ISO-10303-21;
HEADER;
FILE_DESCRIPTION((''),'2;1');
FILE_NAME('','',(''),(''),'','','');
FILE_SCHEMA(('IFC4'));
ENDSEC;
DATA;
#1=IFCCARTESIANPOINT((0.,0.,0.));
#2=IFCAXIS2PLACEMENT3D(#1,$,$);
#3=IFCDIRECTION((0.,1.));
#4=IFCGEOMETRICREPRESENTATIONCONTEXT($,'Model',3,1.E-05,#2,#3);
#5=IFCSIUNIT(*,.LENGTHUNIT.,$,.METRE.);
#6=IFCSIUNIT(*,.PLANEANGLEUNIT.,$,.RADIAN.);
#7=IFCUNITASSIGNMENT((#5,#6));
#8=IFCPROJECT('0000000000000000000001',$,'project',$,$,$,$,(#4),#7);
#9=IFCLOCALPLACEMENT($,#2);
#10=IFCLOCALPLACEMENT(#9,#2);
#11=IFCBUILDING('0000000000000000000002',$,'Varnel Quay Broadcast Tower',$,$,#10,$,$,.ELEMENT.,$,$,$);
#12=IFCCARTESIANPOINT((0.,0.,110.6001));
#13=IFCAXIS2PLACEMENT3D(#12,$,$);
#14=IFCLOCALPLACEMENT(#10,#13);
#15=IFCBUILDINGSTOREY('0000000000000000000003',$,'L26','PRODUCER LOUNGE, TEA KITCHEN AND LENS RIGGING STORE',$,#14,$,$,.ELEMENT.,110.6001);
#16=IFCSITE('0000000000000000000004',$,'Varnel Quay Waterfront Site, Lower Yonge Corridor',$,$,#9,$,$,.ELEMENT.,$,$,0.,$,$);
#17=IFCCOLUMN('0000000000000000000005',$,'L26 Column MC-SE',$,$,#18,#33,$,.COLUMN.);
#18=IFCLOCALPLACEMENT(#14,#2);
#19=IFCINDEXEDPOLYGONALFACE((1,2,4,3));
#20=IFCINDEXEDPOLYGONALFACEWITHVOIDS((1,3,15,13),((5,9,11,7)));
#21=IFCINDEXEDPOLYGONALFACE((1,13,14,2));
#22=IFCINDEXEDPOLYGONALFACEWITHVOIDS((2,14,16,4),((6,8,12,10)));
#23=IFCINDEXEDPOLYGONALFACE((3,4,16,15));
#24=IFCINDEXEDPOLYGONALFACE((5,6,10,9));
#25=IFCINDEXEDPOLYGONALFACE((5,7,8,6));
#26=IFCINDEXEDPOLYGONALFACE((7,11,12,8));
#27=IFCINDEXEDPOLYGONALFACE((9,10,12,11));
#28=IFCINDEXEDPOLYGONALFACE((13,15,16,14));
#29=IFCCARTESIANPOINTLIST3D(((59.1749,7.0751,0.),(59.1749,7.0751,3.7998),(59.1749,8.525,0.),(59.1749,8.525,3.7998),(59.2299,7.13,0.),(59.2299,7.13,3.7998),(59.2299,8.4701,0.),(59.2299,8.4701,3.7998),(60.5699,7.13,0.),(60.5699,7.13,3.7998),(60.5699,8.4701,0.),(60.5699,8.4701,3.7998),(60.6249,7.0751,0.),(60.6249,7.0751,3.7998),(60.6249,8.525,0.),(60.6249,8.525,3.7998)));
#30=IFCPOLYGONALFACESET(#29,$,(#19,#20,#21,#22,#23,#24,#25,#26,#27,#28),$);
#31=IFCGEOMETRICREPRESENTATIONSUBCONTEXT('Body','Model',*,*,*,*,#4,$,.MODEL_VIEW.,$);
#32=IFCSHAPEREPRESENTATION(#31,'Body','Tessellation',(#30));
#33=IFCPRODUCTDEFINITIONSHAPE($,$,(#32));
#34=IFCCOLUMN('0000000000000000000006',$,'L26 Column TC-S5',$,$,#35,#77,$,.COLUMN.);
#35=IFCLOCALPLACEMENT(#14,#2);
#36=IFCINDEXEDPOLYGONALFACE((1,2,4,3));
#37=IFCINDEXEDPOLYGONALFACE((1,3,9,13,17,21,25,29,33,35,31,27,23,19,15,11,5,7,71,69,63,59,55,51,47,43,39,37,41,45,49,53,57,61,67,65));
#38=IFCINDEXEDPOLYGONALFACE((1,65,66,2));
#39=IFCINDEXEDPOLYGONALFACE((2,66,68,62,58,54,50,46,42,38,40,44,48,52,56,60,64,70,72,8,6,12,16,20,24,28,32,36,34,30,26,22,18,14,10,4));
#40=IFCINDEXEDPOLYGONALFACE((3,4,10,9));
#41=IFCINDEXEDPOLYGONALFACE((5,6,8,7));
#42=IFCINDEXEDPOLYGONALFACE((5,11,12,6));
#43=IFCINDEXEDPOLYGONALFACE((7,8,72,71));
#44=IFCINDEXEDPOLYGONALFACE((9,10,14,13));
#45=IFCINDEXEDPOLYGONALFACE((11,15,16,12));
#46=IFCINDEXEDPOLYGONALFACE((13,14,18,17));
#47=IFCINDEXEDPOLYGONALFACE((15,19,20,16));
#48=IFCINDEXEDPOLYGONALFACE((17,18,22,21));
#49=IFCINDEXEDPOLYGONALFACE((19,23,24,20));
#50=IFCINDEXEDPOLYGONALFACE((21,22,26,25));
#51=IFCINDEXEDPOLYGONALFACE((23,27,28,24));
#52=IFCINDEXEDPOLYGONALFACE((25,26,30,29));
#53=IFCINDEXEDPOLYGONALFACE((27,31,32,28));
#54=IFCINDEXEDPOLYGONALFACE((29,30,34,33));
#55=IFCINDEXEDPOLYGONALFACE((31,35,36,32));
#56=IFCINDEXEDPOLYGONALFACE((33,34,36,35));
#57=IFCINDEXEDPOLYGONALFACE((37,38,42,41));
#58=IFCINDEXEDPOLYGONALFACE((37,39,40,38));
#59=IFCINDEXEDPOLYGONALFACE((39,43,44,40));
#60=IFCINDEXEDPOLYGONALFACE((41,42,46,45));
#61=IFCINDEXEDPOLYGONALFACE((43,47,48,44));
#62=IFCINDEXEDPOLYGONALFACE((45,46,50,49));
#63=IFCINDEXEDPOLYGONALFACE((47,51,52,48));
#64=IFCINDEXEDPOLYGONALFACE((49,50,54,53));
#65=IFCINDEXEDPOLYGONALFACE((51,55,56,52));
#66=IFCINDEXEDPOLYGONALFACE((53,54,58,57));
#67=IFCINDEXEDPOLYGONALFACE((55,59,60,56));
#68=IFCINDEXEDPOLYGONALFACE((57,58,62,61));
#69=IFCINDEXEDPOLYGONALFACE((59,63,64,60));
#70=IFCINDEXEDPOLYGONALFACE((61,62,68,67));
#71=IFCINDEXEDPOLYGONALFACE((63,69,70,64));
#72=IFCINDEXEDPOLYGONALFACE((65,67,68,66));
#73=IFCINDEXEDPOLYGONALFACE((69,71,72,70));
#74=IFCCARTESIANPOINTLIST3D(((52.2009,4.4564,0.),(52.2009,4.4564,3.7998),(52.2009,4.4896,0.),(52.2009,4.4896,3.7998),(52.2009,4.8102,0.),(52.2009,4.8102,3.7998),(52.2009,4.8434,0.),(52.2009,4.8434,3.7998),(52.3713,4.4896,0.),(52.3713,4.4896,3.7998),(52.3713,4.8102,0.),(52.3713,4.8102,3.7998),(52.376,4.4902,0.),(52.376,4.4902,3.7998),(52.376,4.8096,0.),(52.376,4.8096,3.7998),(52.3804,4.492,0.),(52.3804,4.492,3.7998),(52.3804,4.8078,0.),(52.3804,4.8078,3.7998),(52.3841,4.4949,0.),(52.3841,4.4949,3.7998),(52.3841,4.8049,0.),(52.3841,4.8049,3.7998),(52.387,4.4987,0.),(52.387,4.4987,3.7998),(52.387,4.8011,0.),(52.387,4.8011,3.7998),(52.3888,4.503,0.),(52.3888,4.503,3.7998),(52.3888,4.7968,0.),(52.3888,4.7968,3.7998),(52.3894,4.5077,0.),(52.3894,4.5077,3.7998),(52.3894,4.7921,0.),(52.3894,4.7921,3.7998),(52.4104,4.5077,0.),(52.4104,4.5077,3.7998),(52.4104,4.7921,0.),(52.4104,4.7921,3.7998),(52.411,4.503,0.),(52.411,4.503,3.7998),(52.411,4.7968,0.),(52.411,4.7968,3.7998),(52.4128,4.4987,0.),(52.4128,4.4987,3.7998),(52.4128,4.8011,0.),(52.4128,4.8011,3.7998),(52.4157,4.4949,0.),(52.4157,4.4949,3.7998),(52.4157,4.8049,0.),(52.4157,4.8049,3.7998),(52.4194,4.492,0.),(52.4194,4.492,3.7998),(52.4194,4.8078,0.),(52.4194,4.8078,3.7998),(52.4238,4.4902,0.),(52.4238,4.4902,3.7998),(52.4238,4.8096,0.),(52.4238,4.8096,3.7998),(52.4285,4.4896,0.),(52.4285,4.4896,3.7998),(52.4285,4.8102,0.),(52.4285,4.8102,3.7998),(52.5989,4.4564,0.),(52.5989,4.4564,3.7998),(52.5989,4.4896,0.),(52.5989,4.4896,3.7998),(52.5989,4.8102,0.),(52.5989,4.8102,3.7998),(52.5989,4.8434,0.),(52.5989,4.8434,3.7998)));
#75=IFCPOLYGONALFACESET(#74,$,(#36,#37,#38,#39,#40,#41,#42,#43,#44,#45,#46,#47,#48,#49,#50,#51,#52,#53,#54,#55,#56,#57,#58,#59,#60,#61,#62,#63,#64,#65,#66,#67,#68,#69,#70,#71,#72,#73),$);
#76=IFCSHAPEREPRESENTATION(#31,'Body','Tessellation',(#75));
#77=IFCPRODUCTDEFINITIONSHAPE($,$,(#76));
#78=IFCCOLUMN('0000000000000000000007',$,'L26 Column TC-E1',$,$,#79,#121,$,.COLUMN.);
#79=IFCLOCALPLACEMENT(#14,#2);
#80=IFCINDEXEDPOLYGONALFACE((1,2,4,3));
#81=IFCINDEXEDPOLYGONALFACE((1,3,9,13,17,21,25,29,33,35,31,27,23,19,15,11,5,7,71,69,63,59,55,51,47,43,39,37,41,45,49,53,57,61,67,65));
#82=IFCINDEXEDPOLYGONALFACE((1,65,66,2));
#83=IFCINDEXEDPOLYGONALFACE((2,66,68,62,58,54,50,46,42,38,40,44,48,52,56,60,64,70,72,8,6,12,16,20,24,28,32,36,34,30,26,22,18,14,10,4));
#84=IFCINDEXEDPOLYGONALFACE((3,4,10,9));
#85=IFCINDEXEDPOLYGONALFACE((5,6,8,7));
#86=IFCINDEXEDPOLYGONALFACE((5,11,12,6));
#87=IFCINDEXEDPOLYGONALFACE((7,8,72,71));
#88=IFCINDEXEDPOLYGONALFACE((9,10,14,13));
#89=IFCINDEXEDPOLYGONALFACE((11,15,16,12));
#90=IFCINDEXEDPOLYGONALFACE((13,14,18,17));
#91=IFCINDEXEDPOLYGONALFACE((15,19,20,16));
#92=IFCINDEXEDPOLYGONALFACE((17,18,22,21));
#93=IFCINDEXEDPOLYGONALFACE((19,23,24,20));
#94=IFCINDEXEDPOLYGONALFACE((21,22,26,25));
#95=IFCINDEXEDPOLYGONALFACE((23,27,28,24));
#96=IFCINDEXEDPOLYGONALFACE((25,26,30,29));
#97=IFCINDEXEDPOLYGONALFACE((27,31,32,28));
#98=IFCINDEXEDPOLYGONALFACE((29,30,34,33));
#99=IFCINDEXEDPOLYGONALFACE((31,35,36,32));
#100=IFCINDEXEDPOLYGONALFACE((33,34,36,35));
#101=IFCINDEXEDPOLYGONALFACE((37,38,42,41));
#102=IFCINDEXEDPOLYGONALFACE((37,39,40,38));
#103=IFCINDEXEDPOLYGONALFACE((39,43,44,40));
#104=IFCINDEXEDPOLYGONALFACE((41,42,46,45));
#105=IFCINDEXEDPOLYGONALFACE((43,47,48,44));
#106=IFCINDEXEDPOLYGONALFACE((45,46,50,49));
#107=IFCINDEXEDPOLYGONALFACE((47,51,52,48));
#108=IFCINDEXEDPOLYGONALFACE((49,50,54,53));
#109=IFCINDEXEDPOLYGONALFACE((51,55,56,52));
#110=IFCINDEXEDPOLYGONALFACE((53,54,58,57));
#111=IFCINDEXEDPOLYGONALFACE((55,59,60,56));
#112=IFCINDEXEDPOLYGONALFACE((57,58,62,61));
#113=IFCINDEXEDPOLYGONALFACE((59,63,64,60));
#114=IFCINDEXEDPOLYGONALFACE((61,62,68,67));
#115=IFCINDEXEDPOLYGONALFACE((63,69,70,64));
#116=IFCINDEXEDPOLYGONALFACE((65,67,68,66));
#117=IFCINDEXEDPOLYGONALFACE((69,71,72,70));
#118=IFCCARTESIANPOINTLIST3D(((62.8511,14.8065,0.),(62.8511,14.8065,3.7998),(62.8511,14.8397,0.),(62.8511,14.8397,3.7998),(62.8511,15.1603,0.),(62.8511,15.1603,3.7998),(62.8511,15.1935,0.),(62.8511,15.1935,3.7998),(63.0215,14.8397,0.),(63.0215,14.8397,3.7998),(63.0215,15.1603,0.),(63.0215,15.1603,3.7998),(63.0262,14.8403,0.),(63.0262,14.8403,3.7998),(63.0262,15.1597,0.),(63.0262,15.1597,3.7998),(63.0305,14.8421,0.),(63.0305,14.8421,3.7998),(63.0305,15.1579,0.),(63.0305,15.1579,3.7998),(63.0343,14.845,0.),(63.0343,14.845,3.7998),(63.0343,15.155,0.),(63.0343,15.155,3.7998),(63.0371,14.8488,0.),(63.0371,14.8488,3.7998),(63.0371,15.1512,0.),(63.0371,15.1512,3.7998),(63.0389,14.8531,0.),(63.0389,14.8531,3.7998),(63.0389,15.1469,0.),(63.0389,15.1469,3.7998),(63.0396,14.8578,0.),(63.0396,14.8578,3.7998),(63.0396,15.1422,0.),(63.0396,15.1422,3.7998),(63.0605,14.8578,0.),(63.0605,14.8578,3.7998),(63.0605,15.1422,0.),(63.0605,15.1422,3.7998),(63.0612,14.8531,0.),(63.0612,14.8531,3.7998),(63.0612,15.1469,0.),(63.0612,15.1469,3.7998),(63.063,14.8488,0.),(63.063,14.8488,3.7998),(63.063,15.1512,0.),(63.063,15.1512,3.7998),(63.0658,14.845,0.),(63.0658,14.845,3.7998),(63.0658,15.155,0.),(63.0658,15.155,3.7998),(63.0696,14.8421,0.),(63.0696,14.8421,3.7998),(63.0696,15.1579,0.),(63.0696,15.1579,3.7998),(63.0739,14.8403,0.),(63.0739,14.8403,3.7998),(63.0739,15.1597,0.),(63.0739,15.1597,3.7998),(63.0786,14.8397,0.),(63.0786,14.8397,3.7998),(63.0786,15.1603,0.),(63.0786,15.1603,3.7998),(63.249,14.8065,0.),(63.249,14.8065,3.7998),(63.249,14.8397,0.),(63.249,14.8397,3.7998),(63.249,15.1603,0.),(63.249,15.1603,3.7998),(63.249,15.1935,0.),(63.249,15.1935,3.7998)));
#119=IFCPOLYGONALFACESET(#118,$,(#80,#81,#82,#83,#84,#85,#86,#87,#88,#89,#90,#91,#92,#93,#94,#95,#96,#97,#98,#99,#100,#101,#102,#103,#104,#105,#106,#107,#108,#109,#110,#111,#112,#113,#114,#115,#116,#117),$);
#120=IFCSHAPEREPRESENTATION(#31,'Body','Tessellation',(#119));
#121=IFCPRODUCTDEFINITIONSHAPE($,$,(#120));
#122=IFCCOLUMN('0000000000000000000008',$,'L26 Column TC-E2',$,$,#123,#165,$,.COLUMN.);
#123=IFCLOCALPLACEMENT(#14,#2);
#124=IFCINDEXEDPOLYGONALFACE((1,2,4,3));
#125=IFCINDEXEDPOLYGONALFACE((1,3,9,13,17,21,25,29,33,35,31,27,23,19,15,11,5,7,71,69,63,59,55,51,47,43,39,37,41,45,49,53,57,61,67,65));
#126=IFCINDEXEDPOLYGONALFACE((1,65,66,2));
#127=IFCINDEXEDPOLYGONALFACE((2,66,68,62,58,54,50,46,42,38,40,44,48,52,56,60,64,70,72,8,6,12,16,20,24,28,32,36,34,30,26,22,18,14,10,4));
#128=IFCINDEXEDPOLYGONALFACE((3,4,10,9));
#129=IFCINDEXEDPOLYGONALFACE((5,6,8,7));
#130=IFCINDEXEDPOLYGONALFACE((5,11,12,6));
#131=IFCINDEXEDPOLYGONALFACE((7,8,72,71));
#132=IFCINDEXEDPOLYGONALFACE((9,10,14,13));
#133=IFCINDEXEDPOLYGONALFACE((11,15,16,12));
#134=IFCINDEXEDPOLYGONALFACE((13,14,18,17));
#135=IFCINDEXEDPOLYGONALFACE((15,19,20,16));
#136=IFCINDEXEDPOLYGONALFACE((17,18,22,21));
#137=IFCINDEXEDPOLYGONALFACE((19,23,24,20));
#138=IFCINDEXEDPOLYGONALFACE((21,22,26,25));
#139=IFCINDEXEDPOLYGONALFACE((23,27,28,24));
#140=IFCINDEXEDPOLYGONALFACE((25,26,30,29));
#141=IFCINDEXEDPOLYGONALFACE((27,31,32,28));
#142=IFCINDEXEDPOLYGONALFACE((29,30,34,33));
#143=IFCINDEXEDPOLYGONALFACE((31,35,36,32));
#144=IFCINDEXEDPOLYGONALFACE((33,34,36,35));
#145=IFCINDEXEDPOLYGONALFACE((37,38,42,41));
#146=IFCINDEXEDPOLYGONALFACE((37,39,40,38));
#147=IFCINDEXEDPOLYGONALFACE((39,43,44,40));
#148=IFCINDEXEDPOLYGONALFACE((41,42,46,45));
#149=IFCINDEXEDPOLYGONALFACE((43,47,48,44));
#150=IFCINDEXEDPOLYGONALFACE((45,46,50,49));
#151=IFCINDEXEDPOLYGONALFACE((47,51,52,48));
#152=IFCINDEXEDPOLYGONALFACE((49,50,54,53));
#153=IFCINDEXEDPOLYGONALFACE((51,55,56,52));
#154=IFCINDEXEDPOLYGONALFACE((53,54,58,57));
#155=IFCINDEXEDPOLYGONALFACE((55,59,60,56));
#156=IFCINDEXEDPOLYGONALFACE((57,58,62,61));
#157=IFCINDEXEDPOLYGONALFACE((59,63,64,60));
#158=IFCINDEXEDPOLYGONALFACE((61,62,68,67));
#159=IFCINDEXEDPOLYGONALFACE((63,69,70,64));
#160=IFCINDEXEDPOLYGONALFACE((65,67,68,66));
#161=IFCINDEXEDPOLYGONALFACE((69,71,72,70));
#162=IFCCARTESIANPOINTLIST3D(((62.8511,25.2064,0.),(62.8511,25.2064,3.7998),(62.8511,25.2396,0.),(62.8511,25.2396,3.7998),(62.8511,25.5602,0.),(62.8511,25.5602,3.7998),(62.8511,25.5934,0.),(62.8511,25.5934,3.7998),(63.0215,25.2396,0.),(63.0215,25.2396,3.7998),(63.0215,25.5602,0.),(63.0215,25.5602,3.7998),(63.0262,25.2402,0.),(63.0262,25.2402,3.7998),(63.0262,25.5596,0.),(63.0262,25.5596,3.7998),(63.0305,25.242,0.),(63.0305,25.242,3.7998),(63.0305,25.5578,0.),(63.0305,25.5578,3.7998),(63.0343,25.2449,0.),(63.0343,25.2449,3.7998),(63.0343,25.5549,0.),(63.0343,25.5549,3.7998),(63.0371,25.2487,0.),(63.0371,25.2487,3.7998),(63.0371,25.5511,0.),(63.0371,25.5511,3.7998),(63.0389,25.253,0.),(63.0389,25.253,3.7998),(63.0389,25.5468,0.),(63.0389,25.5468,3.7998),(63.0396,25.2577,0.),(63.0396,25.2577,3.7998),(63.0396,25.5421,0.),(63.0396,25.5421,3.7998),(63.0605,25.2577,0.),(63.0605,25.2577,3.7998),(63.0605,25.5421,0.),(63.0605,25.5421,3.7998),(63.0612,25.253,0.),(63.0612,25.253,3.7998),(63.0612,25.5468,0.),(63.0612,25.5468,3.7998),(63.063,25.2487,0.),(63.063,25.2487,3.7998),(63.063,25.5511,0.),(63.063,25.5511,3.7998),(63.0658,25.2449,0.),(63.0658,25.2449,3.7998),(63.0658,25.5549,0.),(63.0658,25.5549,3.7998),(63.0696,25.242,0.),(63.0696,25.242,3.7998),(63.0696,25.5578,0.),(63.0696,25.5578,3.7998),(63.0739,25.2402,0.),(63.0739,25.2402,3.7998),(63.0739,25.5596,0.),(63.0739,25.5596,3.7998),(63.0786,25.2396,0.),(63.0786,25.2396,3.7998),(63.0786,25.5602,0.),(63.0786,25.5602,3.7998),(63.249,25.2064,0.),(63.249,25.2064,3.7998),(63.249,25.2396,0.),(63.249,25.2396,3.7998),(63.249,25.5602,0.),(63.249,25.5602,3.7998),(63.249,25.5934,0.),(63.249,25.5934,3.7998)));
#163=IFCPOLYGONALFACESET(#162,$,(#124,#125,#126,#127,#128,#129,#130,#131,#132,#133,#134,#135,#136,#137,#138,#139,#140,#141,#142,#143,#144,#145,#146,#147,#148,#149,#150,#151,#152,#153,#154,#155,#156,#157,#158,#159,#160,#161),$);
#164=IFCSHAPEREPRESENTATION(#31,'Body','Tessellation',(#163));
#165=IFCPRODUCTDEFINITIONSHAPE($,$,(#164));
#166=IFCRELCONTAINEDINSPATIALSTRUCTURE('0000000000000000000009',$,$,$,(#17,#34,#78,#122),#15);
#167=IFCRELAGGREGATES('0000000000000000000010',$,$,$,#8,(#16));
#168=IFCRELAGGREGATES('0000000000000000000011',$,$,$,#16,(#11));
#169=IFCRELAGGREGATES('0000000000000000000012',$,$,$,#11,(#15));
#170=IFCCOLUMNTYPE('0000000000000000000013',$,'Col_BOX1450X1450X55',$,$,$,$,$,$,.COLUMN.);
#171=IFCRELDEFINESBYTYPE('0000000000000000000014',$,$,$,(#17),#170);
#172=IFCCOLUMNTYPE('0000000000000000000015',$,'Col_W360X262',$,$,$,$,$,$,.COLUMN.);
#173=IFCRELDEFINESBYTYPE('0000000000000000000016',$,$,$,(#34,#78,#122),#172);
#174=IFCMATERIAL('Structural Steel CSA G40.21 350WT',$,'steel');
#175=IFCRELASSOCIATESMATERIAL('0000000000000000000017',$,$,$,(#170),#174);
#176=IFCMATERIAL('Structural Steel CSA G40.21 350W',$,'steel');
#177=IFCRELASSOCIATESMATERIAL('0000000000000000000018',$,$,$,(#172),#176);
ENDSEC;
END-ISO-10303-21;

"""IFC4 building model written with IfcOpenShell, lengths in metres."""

from ifc_helpers import new_model, si_unit, direction, frame, origin, origin_2d, place, context, subcontext, project, spatial, hollow_rectangle, i_section, extrude, source, transform, mapped, material, material_profile, profile_set, type_object, type_shapes, element, save


model = new_model("IFC4")

# Units and contexts
model_context = context("Model", 3, precision=1e-05, world=origin(), true_north=direction((0.0, 1.0)))
body_context = subcontext(model_context, "Body", "Model", "MODEL_VIEW")
ifc_project = project(units=[si_unit("LENGTHUNIT", "METRE"), si_unit("PLANEANGLEUNIT", "RADIAN")], contexts=[model_context])

# Site, building, storey
site_placement = place(None, origin())
site = spatial("IfcSite", under=ifc_project, at=site_placement, Name="Varnel Quay Waterfront Site, Lower Yonge Corridor", CompositionType="ELEMENT", RefElevation=0.0)
building_placement = place(site_placement, origin())
building = spatial("IfcBuilding", under=site, at=building_placement, Name="Varnel Quay Broadcast Tower", CompositionType="ELEMENT")
storey_placement = place(building_placement, frame((0.0, 0.0, 110.6001)))
storey = spatial("IfcBuildingStorey", under=building, at=storey_placement, Name="L26", Description="PRODUCER LOUNGE, TEA KITCHEN AND LENS RIGGING STORE", CompositionType="ELEMENT", Elevation=110.6001)

# Columns
ifc_material_1 = material(Name="Structural Steel CSA G40.21 350WT", Category="steel")
ifc_material_profile_1 = material_profile(ifc_material_1, hollow_rectangle(XDim=1.45, YDim=1.45, WallThickness=0.0549, at=origin_2d()), Name="BOX1450X1450X55")
ifc_profile_set_1 = profile_set([ifc_material_profile_1], Name="Structural Steel CSA G40.21 350WT")
column_type_1 = type_object("IfcColumnType", Name="Col_BOX1450X1450X55", PredefinedType="COLUMN", material=ifc_profile_set_1)
shared_shape_1 = source(origin(), body_context, "Body", "SweptSolid", [
    extrude(hollow_rectangle(XDim=1.45, YDim=1.45, WallThickness=0.0549, at=origin_2d()), origin(), (0.0, 0.0, 1.0), 3.7998),
])
type_shapes(column_type_1, [shared_shape_1])
column_placement = place(storey_placement, frame((59.8999, 7.8, 0.0), z_axis=(0.0, 0.0, 1.0), x_axis=(1.0, 0.0, 0.0)))
element("IfcColumn", 1, at=column_placement, inside=storey, type_object=column_type_1, Name="L26 Column MC-SE", PredefinedType="COLUMN", context=body_context, shape_type="MappedRepresentation", body=[
    mapped(shared_shape_1, transform((0.0, 0.0, 0.0), x_axis=(1.0, 0.0, 0.0), y_axis=(0.0, 1.0, 0.0), z_axis=(0.0, 0.0, 1.0), scale=1.0)),
])
ifc_material_2 = material(Name="Structural Steel CSA G40.21 350W", Category="steel")
ifc_material_profile_2 = material_profile(ifc_material_2, i_section(OverallWidth=0.3979, OverallDepth=0.387, WebThickness=0.021, FlangeThickness=0.0332, FilletRadius=0.0181, at=origin_2d()), Name="W360X262")
ifc_profile_set_2 = profile_set([ifc_material_profile_2], Name="Structural Steel CSA G40.21 350W")
column_type_2 = type_object("IfcColumnType", Name="Col_W360X262", PredefinedType="COLUMN", material=ifc_profile_set_2)
shared_shape_2 = source(origin(), body_context, "Body", "SweptSolid", [
    extrude(i_section(OverallWidth=0.3979, OverallDepth=0.387, WebThickness=0.021, FlangeThickness=0.0332, FilletRadius=0.0181, at=origin_2d()), origin(), (0.0, 0.0, 1.0), 3.7998),
])
type_shapes(column_type_2, [shared_shape_2])
for number, where, z_axis, x_axis, name in (
    (2, (52.3999, 4.6499, 0.0), (0.0, 0.0, 1.0), (1.0, 0.0, 0.0), "L26 Column TC-S5"),
    (3, (63.05, 15.0, 0.0), (0.0, 0.0, 1.0), (1.0, 0.0, 0.0), "L26 Column TC-E1"),
    (4, (63.05, 25.3999, 0.0), (0.0, 0.0, 1.0), (1.0, 0.0, 0.0), "L26 Column TC-E2"),
):
    element("IfcColumn", number, at=place(storey_placement, frame(where, z_axis=z_axis, x_axis=x_axis)), inside=storey, type_object=column_type_2, Name=name, PredefinedType="COLUMN", context=body_context, shape_type="MappedRepresentation", body=[
        mapped(shared_shape_2, transform((0.0, 0.0, 0.0), x_axis=(1.0, 0.0, 0.0), y_axis=(0.0, 1.0, 0.0), z_axis=(0.0, 0.0, 1.0), scale=1.0)),
    ])

save(model, "model.ifc")
